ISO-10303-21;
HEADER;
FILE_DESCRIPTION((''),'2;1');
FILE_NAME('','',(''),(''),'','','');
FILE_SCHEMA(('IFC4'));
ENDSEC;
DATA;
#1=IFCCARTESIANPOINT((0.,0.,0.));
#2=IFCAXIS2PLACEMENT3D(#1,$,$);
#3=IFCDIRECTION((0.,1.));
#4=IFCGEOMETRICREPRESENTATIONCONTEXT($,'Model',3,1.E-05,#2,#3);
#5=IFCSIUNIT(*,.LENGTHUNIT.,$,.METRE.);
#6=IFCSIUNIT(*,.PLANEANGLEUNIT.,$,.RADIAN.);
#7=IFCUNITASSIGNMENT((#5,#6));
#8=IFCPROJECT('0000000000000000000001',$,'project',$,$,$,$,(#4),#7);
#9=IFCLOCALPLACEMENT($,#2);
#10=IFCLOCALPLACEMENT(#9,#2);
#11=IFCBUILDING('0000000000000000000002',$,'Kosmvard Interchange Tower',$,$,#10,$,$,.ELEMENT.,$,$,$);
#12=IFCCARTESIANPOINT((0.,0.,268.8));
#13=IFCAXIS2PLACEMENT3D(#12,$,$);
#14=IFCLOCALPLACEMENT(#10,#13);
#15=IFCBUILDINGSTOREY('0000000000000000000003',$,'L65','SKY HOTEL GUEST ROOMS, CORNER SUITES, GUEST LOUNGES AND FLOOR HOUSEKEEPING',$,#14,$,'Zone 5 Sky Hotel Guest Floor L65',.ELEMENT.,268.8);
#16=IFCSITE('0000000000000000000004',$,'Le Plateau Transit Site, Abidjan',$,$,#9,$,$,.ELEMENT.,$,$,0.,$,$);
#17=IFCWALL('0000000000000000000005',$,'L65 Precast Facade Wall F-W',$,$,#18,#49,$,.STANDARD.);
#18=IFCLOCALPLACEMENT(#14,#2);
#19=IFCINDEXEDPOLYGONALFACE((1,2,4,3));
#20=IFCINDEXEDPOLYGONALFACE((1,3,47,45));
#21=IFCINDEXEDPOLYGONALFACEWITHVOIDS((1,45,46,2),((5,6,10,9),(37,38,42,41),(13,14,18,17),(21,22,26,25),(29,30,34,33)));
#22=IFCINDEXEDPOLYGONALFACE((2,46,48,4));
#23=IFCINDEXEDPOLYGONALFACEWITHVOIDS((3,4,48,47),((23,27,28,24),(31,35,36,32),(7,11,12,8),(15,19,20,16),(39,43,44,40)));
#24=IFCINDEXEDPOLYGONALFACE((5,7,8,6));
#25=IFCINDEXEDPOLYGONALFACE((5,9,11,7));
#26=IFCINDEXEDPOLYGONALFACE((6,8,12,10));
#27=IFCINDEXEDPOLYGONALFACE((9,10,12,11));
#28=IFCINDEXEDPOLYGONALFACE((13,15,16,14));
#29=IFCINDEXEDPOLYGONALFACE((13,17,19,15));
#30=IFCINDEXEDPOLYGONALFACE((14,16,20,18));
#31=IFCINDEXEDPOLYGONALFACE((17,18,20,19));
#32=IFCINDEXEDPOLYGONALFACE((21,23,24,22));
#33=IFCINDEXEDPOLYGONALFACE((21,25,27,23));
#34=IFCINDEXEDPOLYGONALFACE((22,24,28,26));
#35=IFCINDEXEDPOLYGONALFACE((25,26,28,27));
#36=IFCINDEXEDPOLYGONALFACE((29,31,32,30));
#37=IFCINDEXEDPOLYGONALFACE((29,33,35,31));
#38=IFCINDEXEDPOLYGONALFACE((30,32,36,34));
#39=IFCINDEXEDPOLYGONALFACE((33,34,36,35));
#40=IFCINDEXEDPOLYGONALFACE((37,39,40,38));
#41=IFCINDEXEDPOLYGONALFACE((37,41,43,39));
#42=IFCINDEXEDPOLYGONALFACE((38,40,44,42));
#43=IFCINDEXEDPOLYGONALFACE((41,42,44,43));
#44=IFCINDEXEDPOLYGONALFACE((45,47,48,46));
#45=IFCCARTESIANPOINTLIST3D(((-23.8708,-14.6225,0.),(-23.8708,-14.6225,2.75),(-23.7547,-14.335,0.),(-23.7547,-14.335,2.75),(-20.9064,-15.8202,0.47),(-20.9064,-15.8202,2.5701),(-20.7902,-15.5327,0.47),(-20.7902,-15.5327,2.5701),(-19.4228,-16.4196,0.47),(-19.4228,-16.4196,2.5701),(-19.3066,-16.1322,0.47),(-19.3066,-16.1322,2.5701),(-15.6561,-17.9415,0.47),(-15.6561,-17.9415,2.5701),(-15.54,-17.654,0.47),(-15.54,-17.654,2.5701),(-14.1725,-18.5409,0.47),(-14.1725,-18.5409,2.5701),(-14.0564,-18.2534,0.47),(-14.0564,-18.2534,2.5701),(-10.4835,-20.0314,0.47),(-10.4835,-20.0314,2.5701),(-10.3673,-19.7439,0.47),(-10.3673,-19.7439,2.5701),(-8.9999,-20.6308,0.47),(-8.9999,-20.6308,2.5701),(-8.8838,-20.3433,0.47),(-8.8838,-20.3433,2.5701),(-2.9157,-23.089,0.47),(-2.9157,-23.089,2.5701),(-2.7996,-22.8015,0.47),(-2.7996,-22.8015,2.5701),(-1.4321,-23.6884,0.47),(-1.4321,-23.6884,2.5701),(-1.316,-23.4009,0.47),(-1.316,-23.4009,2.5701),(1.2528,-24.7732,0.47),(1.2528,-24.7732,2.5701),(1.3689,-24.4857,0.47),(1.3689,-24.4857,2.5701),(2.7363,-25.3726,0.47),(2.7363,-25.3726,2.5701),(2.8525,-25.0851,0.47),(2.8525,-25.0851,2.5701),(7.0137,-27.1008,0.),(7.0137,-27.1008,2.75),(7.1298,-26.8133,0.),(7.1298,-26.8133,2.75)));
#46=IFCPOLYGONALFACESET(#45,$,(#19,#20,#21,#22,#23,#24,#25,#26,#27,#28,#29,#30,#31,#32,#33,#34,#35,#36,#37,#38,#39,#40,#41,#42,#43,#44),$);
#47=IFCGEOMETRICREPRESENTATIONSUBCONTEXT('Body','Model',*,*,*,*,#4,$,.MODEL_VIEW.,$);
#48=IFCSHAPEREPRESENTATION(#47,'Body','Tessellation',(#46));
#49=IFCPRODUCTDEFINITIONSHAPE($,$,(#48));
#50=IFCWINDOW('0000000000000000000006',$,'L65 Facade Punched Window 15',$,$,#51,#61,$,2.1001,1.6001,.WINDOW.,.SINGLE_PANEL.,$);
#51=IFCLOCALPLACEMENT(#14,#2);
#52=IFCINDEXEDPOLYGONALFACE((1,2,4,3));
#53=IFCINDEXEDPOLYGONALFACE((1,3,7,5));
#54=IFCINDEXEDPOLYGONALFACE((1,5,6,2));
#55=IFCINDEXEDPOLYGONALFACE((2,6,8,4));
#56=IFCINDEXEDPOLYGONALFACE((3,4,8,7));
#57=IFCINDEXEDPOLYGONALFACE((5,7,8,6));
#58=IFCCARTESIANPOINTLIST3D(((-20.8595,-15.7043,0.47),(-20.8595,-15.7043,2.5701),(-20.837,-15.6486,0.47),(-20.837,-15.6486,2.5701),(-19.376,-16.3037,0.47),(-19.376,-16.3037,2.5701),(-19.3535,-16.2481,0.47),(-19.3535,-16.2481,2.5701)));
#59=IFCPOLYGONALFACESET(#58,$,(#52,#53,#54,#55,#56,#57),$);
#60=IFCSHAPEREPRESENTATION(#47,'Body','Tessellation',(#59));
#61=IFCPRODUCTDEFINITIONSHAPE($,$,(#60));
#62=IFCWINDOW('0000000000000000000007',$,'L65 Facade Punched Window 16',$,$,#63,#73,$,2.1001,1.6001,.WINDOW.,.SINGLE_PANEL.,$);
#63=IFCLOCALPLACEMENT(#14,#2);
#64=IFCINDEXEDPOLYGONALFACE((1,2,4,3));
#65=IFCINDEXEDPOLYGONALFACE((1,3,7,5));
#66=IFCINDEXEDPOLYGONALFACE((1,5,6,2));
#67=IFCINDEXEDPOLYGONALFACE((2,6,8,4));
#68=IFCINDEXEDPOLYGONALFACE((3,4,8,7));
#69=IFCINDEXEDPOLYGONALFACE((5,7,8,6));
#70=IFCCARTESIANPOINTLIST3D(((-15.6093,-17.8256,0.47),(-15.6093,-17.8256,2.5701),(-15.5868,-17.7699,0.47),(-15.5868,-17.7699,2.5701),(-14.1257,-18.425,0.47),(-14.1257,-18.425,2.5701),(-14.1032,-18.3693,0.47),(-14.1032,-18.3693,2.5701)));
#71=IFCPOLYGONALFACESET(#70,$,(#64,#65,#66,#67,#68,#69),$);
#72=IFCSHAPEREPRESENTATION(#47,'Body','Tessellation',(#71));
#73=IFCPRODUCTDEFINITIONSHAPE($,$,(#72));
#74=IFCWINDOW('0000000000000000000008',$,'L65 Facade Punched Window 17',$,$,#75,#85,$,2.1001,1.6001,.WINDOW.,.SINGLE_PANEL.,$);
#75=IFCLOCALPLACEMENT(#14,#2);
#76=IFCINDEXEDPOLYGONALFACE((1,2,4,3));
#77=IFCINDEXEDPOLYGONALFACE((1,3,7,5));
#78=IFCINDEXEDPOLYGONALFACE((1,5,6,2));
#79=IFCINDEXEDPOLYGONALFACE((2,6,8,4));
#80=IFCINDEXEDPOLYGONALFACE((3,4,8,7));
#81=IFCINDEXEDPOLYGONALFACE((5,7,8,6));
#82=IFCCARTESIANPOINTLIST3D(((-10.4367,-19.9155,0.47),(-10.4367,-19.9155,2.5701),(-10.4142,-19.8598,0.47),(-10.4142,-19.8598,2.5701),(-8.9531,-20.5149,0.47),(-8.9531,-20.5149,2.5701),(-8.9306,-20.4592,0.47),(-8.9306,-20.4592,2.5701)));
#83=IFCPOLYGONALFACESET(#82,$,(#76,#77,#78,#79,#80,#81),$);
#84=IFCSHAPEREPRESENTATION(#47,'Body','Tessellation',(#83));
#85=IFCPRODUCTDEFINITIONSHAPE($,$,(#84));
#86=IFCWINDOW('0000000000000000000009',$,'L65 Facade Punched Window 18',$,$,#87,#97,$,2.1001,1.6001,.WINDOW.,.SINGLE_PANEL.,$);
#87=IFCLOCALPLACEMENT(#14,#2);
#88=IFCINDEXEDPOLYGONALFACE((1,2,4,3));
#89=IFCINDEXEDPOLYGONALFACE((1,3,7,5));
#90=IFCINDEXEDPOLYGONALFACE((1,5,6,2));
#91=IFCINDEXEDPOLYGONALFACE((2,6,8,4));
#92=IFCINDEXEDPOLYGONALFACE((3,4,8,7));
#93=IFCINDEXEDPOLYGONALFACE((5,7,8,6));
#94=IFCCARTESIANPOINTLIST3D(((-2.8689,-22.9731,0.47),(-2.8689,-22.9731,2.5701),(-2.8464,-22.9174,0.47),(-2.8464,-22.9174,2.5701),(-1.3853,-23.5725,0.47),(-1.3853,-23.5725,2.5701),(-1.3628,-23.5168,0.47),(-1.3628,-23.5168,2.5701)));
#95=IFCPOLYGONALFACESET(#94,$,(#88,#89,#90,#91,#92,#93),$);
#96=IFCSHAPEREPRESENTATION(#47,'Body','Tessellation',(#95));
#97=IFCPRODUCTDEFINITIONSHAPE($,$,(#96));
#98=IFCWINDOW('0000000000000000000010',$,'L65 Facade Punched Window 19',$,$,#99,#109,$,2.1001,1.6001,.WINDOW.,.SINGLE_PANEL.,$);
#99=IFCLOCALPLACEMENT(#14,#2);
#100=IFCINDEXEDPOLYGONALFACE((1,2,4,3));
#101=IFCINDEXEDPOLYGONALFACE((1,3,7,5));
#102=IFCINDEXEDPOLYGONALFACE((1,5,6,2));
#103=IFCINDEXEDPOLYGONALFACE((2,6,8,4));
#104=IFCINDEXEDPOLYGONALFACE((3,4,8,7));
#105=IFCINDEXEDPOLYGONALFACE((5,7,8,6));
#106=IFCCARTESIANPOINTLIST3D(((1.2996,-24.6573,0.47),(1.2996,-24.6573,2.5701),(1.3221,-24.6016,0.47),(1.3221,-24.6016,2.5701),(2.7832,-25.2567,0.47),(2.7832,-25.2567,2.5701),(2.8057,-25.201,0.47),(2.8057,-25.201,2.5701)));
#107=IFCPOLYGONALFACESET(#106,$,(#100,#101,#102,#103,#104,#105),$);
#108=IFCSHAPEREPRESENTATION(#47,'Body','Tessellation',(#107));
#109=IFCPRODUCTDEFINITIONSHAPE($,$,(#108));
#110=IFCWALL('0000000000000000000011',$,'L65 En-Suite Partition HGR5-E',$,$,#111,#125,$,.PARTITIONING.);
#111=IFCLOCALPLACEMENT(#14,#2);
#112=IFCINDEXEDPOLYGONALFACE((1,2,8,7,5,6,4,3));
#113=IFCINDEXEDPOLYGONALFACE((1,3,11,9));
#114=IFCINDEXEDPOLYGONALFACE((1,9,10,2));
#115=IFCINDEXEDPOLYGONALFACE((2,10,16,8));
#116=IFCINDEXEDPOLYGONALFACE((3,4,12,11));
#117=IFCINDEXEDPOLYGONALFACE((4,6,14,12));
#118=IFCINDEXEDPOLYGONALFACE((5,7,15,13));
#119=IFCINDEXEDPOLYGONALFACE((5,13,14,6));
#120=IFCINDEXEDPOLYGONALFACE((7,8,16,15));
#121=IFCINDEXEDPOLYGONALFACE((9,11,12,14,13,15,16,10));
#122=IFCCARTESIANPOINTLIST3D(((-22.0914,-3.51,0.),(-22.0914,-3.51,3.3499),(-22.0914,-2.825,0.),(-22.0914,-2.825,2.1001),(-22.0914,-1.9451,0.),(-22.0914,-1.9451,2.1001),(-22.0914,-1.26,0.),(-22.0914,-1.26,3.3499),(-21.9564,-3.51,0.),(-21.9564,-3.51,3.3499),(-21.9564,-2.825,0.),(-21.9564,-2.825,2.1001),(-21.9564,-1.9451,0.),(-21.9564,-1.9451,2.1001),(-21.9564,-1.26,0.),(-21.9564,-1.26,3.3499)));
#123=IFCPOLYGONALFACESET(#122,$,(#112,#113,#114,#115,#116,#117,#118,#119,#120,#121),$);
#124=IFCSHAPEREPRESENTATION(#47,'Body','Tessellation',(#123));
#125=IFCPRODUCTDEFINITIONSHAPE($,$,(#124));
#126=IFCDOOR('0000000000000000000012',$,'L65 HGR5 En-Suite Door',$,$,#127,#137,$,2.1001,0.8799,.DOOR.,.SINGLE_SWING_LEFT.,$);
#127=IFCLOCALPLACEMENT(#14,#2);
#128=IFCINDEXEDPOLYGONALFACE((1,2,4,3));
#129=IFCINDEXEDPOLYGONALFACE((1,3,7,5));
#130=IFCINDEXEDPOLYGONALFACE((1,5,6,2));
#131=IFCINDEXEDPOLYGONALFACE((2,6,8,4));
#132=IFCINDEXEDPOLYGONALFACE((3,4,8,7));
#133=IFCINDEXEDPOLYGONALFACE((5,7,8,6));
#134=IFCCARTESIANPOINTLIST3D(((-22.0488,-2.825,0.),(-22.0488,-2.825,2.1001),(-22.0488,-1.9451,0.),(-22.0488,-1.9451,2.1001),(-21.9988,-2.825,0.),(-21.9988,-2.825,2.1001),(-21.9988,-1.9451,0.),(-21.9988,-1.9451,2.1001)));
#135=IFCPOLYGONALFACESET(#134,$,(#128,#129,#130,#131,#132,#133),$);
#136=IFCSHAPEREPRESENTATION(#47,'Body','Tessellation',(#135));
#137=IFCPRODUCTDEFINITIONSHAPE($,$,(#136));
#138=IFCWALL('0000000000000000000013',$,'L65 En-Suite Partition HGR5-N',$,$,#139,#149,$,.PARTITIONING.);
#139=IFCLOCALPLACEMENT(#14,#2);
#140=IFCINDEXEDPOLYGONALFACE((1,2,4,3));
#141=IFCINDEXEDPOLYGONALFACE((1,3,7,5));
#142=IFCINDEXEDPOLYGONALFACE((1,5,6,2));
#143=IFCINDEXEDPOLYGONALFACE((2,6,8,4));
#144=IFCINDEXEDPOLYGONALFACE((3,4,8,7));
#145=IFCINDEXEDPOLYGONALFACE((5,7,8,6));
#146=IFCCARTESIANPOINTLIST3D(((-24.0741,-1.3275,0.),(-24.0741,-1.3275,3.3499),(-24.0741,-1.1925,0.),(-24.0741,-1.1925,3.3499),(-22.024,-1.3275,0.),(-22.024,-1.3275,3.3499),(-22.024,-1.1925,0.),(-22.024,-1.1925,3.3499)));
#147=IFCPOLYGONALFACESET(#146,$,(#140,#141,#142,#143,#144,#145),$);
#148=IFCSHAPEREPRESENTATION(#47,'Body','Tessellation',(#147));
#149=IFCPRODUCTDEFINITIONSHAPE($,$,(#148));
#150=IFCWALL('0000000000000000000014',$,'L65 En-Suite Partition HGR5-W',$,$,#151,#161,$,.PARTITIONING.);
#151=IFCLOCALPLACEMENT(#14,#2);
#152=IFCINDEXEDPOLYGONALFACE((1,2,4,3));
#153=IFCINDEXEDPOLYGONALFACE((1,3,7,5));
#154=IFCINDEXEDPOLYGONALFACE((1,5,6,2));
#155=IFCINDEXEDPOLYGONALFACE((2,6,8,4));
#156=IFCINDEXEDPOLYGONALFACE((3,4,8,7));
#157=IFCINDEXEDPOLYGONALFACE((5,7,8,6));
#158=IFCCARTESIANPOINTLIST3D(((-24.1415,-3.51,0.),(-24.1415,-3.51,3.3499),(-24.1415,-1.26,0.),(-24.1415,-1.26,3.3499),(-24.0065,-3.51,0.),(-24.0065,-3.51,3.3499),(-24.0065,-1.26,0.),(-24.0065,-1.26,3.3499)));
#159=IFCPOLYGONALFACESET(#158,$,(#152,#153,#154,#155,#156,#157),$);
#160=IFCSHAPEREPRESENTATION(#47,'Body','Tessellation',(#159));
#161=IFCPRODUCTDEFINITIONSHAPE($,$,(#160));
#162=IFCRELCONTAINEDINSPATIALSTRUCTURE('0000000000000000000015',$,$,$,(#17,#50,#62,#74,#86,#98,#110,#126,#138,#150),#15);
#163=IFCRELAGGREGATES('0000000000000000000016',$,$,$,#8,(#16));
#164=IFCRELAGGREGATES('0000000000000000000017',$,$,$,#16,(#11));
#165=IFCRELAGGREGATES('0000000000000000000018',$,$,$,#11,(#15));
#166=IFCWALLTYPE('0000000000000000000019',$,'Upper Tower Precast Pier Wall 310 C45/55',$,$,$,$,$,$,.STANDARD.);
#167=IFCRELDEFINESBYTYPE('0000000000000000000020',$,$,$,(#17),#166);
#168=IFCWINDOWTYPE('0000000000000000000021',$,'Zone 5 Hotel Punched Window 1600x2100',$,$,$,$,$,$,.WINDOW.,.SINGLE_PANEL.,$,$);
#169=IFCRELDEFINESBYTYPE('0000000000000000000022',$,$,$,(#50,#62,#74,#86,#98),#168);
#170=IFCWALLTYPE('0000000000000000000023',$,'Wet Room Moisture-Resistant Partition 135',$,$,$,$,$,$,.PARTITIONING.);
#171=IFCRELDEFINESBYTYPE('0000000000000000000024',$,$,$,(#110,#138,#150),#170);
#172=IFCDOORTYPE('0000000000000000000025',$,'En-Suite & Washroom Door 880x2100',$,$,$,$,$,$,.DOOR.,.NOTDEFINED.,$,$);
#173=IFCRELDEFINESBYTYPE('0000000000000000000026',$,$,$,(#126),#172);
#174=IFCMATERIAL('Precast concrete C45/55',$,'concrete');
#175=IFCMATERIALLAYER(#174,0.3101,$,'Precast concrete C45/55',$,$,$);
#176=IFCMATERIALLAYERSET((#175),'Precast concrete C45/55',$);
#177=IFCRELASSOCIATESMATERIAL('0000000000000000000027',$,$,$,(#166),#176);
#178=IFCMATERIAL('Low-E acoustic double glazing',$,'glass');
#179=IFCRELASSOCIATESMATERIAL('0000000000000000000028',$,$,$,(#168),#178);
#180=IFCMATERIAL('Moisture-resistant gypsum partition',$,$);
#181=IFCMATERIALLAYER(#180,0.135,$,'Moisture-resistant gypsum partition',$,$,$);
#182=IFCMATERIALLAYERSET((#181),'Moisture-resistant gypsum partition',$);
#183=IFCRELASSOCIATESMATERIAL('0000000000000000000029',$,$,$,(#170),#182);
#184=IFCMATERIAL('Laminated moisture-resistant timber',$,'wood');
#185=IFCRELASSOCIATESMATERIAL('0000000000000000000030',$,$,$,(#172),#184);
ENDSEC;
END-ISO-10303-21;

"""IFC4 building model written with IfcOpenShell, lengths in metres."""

from ifc_helpers import new_model, si_unit, direction, frame, frame_2d, origin, place, context, subcontext, project, spatial, rectangle, extrude, source, transform, mapped, material, layer, layer_set, type_object, element, fill, save


model = new_model("IFC4")

# Units and contexts
model_context = context("Model", 3, precision=1e-05, world=origin(), true_north=direction((0.0, 1.0)))
body_context = subcontext(model_context, "Body", "Model", "MODEL_VIEW")
ifc_project = project(units=[si_unit("LENGTHUNIT", "METRE"), si_unit("PLANEANGLEUNIT", "RADIAN")], contexts=[model_context])

# Site, building, storey
site_placement = place(None, origin())
site = spatial("IfcSite", under=ifc_project, at=site_placement, Name="Le Plateau Transit Site, Abidjan", CompositionType="ELEMENT", RefElevation=0.0)
building_placement = place(site_placement, origin())
building = spatial("IfcBuilding", under=site, at=building_placement, Name="Kosmvard Interchange Tower", CompositionType="ELEMENT")
storey_placement = place(building_placement, frame((0.0, 0.0, 268.8)))
storey = spatial("IfcBuildingStorey", under=building, at=storey_placement, Name="L65", Description="SKY HOTEL GUEST ROOMS, CORNER SUITES, GUEST LOUNGES AND FLOOR HOUSEKEEPING", LongName="Zone 5 Sky Hotel Guest Floor L65", CompositionType="ELEMENT", Elevation=268.8)

# Shared definitions
ifc_material_1 = material(Name="Precast concrete C45/55", Category="concrete")

# Shared definitions
ifc_layer_1 = layer(ifc_material_1, 0.3101, Name="Precast concrete C45/55")
ifc_layer_set_1 = layer_set([ifc_layer_1], Name="Precast concrete C45/55")
wall_type_1 = type_object("IfcWallType", Name="Upper Tower Precast Pier Wall 310 C45/55", PredefinedType="STANDARD", material=ifc_layer_set_1)

# Shared definitions
ifc_material_2 = material(Name="Low-E acoustic double glazing", Category="glass")
window_type = type_object("IfcWindowType", Name="Zone 5 Hotel Punched Window 1600x2100", PartitioningType="SINGLE_PANEL", PredefinedType="WINDOW", material=ifc_material_2)
shared_shape_1 = source(origin(), body_context, "Body", "SweptSolid", [
    extrude(rectangle(XDim=1.6001, YDim=2.1001, at=frame_2d((0.8, 1.05))), frame((0.0, 0.03, 0.0), z_axis=(0.0, -1.0, 0.0), x_axis=(1.0, 0.0, 0.0)), (0.0, 0.0, 1.0), 0.0601),
])

# Wall, openings, windows
wall_1_placement = place(storey_placement, frame((-23.8127, -14.4788, 0.0), z_axis=(0.0, 0.0, 1.0), x_axis=(0.927183, -0.37461, 0.0)))
wall_1 = element("IfcWall", 1, at=wall_1_placement, inside=storey, type_object=wall_type_1, Name="L65 Precast Facade Wall F-W", PredefinedType="STANDARD", context=body_context, shape_type="SweptSolid", body=[
    extrude(rectangle(XDim=33.3101, YDim=0.3101, at=frame_2d((16.655, 0.0))), origin(), (0.0, 0.0, 1.0), 2.75),
])
opening_1_placement = place(wall_1_placement, frame((3.1973, 0.0, 0.47)))
opening_1 = element("IfcOpeningElement", 2, at=opening_1_placement, cuts=wall_1, PredefinedType="OPENING", context=body_context, shape_type="SweptSolid", body=[
    extrude(rectangle(XDim=1.6001, YDim=2.1001, at=frame_2d((0.8, 1.05))), frame((0.0, 0.165, 0.0), z_axis=(0.0, -1.0, 0.0), x_axis=(1.0, 0.0, 0.0)), (0.0, 0.0, 1.0), 0.3301),
])
opening_2_placement = place(wall_1_placement, frame((8.8599, 0.0, 0.47)))
opening_2 = element("IfcOpeningElement", 3, at=opening_2_placement, cuts=wall_1, PredefinedType="OPENING", context=body_context, shape_type="SweptSolid", body=[
    extrude(rectangle(XDim=1.6001, YDim=2.1001, at=frame_2d((0.8, 1.05))), frame((0.0, 0.165, 0.0), z_axis=(0.0, -1.0, 0.0), x_axis=(1.0, 0.0, 0.0)), (0.0, 0.0, 1.0), 0.3301),
])
opening_3_placement = place(wall_1_placement, frame((14.4387, 0.0, 0.47)))
opening_3 = element("IfcOpeningElement", 4, at=opening_3_placement, cuts=wall_1, PredefinedType="OPENING", context=body_context, shape_type="SweptSolid", body=[
    extrude(rectangle(XDim=1.6001, YDim=2.1001, at=frame_2d((0.8, 1.05))), frame((0.0, 0.165, 0.0), z_axis=(0.0, -1.0, 0.0), x_axis=(1.0, 0.0, 0.0)), (0.0, 0.0, 1.0), 0.3301),
])
opening_4_placement = place(wall_1_placement, frame((22.6008, 0.0, 0.47)))
opening_4 = element("IfcOpeningElement", 5, at=opening_4_placement, cuts=wall_1, PredefinedType="OPENING", context=body_context, shape_type="SweptSolid", body=[
    extrude(rectangle(XDim=1.6001, YDim=2.1001, at=frame_2d((0.8, 1.05))), frame((0.0, 0.165, 0.0), z_axis=(0.0, -1.0, 0.0), x_axis=(1.0, 0.0, 0.0)), (0.0, 0.0, 1.0), 0.3301),
])
opening_5_placement = place(wall_1_placement, frame((27.0967, 0.0, 0.47)))
opening_5 = element("IfcOpeningElement", 6, at=opening_5_placement, cuts=wall_1, PredefinedType="OPENING", context=body_context, shape_type="SweptSolid", body=[
    extrude(rectangle(XDim=1.6001, YDim=2.1001, at=frame_2d((0.8, 1.05))), frame((0.0, 0.165, 0.0), z_axis=(0.0, -1.0, 0.0), x_axis=(1.0, 0.0, 0.0)), (0.0, 0.0, 1.0), 0.3301),
])
window_1_placement = place(opening_1_placement, origin())
window_1 = element("IfcWindow", 7, at=window_1_placement, inside=storey, type_object=window_type, Name="L65 Facade Punched Window 15", OverallHeight=2.1001, OverallWidth=1.6001, PartitioningType="SINGLE_PANEL", PredefinedType="WINDOW", context=body_context, shape_type="MappedRepresentation", body=[
    mapped(shared_shape_1, transform((0.0, 0.0, 0.0), scale=1.0)),
])
fill(opening_1, window_1)
window_2_placement = place(opening_2_placement, origin())
window_2 = element("IfcWindow", 8, at=window_2_placement, inside=storey, type_object=window_type, Name="L65 Facade Punched Window 16", OverallHeight=2.1001, OverallWidth=1.6001, PartitioningType="SINGLE_PANEL", PredefinedType="WINDOW", context=body_context, shape_type="MappedRepresentation", body=[
    mapped(shared_shape_1, transform((0.0, 0.0, 0.0), scale=1.0)),
])
fill(opening_2, window_2)
window_3_placement = place(opening_3_placement, origin())
window_3 = element("IfcWindow", 9, at=window_3_placement, inside=storey, type_object=window_type, Name="L65 Facade Punched Window 17", OverallHeight=2.1001, OverallWidth=1.6001, PartitioningType="SINGLE_PANEL", PredefinedType="WINDOW", context=body_context, shape_type="MappedRepresentation", body=[
    mapped(shared_shape_1, transform((0.0, 0.0, 0.0), scale=1.0)),
])
fill(opening_3, window_3)
window_4_placement = place(opening_4_placement, origin())
window_4 = element("IfcWindow", 10, at=window_4_placement, inside=storey, type_object=window_type, Name="L65 Facade Punched Window 18", OverallHeight=2.1001, OverallWidth=1.6001, PartitioningType="SINGLE_PANEL", PredefinedType="WINDOW", context=body_context, shape_type="MappedRepresentation", body=[
    mapped(shared_shape_1, transform((0.0, 0.0, 0.0), scale=1.0)),
])
fill(opening_4, window_4)
window_5_placement = place(opening_5_placement, origin())
window_5 = element("IfcWindow", 11, at=window_5_placement, inside=storey, type_object=window_type, Name="L65 Facade Punched Window 19", OverallHeight=2.1001, OverallWidth=1.6001, PartitioningType="SINGLE_PANEL", PredefinedType="WINDOW", context=body_context, shape_type="MappedRepresentation", body=[
    mapped(shared_shape_1, transform((0.0, 0.0, 0.0), scale=1.0)),
])
fill(opening_5, window_5)

# Wall, opening, door
ifc_material_3 = material(Name="Moisture-resistant gypsum partition")
ifc_layer_2 = layer(ifc_material_3, 0.135, Name="Moisture-resistant gypsum partition")
ifc_layer_set_2 = layer_set([ifc_layer_2], Name="Moisture-resistant gypsum partition")
wall_type_2 = type_object("IfcWallType", Name="Wet Room Moisture-Resistant Partition 135", PredefinedType="PARTITIONING", material=ifc_layer_set_2)
wall_2_placement = place(storey_placement, frame((-22.0239, -3.51, 0.0), z_axis=(0.0, 0.0, 1.0), x_axis=(0.0, 1.0, 0.0)))
wall_2 = element("IfcWall", 12, at=wall_2_placement, inside=storey, type_object=wall_type_2, Name="L65 En-Suite Partition HGR5-E", PredefinedType="PARTITIONING", context=body_context, shape_type="SweptSolid", body=[
    extrude(rectangle(XDim=2.25, YDim=0.135, at=frame_2d((1.125, 0.0))), origin(), (0.0, 0.0, 1.0), 3.3499),
])
opening_6_placement = place(wall_2_placement, frame((0.6851, 0.0, 0.0)))
opening_6 = element("IfcOpeningElement", 13, at=opening_6_placement, cuts=wall_2, PredefinedType="OPENING", context=body_context, shape_type="SweptSolid", body=[
    extrude(rectangle(XDim=0.8799, YDim=2.1001, at=frame_2d((0.4399, 1.05))), frame((0.0, 0.0776, 0.0), z_axis=(0.0, -1.0, 0.0), x_axis=(1.0, 0.0, 0.0)), (0.0, 0.0, 1.0), 0.155),
])
ifc_material_4 = material(Name="Laminated moisture-resistant timber", Category="wood")
door_type = type_object("IfcDoorType", Name="En-Suite & Washroom Door 880x2100", OperationType="NOTDEFINED", PredefinedType="DOOR", material=ifc_material_4)
shared_shape_2 = source(origin(), body_context, "Body", "SweptSolid", [
    extrude(rectangle(XDim=0.8799, YDim=2.1001, at=frame_2d((0.4399, 1.05))), frame((0.0, 0.0249, 0.0), z_axis=(0.0, -1.0, 0.0), x_axis=(1.0, 0.0, 0.0)), (0.0, 0.0, 1.0), 0.05),
])
door_placement = place(opening_6_placement, origin())
door = element("IfcDoor", 14, at=door_placement, inside=storey, type_object=door_type, Name="L65 HGR5 En-Suite Door", OperationType="SINGLE_SWING_LEFT", OverallHeight=2.1001, OverallWidth=0.8799, PredefinedType="DOOR", context=body_context, shape_type="MappedRepresentation", body=[
    mapped(shared_shape_2, transform((0.0, 0.0, 0.0), scale=1.0)),
])
fill(opening_6, door)

# Walls
wall_3_placement = place(storey_placement, frame((-24.074, -1.26, 0.0), z_axis=(0.0, 0.0, 1.0), x_axis=(1.0, 0.0, 0.0)))
element("IfcWall", 15, at=wall_3_placement, inside=storey, type_object=wall_type_2, Name="L65 En-Suite Partition HGR5-N", PredefinedType="PARTITIONING", context=body_context, shape_type="SweptSolid", body=[
    extrude(rectangle(XDim=2.05, YDim=0.135, at=frame_2d((1.0249, 0.0))), origin(), (0.0, 0.0, 1.0), 3.3499),
])
wall_4_placement = place(storey_placement, frame((-24.074, -3.51, 0.0), z_axis=(0.0, 0.0, 1.0), x_axis=(0.0, 1.0, 0.0)))
element("IfcWall", 16, at=wall_4_placement, inside=storey, type_object=wall_type_2, Name="L65 En-Suite Partition HGR5-W", PredefinedType="PARTITIONING", context=body_context, shape_type="SweptSolid", body=[
    extrude(rectangle(XDim=2.25, YDim=0.135, at=frame_2d((1.125, 0.0))), origin(), (0.0, 0.0, 1.0), 3.3499),
])

save(model, "model.ifc")
